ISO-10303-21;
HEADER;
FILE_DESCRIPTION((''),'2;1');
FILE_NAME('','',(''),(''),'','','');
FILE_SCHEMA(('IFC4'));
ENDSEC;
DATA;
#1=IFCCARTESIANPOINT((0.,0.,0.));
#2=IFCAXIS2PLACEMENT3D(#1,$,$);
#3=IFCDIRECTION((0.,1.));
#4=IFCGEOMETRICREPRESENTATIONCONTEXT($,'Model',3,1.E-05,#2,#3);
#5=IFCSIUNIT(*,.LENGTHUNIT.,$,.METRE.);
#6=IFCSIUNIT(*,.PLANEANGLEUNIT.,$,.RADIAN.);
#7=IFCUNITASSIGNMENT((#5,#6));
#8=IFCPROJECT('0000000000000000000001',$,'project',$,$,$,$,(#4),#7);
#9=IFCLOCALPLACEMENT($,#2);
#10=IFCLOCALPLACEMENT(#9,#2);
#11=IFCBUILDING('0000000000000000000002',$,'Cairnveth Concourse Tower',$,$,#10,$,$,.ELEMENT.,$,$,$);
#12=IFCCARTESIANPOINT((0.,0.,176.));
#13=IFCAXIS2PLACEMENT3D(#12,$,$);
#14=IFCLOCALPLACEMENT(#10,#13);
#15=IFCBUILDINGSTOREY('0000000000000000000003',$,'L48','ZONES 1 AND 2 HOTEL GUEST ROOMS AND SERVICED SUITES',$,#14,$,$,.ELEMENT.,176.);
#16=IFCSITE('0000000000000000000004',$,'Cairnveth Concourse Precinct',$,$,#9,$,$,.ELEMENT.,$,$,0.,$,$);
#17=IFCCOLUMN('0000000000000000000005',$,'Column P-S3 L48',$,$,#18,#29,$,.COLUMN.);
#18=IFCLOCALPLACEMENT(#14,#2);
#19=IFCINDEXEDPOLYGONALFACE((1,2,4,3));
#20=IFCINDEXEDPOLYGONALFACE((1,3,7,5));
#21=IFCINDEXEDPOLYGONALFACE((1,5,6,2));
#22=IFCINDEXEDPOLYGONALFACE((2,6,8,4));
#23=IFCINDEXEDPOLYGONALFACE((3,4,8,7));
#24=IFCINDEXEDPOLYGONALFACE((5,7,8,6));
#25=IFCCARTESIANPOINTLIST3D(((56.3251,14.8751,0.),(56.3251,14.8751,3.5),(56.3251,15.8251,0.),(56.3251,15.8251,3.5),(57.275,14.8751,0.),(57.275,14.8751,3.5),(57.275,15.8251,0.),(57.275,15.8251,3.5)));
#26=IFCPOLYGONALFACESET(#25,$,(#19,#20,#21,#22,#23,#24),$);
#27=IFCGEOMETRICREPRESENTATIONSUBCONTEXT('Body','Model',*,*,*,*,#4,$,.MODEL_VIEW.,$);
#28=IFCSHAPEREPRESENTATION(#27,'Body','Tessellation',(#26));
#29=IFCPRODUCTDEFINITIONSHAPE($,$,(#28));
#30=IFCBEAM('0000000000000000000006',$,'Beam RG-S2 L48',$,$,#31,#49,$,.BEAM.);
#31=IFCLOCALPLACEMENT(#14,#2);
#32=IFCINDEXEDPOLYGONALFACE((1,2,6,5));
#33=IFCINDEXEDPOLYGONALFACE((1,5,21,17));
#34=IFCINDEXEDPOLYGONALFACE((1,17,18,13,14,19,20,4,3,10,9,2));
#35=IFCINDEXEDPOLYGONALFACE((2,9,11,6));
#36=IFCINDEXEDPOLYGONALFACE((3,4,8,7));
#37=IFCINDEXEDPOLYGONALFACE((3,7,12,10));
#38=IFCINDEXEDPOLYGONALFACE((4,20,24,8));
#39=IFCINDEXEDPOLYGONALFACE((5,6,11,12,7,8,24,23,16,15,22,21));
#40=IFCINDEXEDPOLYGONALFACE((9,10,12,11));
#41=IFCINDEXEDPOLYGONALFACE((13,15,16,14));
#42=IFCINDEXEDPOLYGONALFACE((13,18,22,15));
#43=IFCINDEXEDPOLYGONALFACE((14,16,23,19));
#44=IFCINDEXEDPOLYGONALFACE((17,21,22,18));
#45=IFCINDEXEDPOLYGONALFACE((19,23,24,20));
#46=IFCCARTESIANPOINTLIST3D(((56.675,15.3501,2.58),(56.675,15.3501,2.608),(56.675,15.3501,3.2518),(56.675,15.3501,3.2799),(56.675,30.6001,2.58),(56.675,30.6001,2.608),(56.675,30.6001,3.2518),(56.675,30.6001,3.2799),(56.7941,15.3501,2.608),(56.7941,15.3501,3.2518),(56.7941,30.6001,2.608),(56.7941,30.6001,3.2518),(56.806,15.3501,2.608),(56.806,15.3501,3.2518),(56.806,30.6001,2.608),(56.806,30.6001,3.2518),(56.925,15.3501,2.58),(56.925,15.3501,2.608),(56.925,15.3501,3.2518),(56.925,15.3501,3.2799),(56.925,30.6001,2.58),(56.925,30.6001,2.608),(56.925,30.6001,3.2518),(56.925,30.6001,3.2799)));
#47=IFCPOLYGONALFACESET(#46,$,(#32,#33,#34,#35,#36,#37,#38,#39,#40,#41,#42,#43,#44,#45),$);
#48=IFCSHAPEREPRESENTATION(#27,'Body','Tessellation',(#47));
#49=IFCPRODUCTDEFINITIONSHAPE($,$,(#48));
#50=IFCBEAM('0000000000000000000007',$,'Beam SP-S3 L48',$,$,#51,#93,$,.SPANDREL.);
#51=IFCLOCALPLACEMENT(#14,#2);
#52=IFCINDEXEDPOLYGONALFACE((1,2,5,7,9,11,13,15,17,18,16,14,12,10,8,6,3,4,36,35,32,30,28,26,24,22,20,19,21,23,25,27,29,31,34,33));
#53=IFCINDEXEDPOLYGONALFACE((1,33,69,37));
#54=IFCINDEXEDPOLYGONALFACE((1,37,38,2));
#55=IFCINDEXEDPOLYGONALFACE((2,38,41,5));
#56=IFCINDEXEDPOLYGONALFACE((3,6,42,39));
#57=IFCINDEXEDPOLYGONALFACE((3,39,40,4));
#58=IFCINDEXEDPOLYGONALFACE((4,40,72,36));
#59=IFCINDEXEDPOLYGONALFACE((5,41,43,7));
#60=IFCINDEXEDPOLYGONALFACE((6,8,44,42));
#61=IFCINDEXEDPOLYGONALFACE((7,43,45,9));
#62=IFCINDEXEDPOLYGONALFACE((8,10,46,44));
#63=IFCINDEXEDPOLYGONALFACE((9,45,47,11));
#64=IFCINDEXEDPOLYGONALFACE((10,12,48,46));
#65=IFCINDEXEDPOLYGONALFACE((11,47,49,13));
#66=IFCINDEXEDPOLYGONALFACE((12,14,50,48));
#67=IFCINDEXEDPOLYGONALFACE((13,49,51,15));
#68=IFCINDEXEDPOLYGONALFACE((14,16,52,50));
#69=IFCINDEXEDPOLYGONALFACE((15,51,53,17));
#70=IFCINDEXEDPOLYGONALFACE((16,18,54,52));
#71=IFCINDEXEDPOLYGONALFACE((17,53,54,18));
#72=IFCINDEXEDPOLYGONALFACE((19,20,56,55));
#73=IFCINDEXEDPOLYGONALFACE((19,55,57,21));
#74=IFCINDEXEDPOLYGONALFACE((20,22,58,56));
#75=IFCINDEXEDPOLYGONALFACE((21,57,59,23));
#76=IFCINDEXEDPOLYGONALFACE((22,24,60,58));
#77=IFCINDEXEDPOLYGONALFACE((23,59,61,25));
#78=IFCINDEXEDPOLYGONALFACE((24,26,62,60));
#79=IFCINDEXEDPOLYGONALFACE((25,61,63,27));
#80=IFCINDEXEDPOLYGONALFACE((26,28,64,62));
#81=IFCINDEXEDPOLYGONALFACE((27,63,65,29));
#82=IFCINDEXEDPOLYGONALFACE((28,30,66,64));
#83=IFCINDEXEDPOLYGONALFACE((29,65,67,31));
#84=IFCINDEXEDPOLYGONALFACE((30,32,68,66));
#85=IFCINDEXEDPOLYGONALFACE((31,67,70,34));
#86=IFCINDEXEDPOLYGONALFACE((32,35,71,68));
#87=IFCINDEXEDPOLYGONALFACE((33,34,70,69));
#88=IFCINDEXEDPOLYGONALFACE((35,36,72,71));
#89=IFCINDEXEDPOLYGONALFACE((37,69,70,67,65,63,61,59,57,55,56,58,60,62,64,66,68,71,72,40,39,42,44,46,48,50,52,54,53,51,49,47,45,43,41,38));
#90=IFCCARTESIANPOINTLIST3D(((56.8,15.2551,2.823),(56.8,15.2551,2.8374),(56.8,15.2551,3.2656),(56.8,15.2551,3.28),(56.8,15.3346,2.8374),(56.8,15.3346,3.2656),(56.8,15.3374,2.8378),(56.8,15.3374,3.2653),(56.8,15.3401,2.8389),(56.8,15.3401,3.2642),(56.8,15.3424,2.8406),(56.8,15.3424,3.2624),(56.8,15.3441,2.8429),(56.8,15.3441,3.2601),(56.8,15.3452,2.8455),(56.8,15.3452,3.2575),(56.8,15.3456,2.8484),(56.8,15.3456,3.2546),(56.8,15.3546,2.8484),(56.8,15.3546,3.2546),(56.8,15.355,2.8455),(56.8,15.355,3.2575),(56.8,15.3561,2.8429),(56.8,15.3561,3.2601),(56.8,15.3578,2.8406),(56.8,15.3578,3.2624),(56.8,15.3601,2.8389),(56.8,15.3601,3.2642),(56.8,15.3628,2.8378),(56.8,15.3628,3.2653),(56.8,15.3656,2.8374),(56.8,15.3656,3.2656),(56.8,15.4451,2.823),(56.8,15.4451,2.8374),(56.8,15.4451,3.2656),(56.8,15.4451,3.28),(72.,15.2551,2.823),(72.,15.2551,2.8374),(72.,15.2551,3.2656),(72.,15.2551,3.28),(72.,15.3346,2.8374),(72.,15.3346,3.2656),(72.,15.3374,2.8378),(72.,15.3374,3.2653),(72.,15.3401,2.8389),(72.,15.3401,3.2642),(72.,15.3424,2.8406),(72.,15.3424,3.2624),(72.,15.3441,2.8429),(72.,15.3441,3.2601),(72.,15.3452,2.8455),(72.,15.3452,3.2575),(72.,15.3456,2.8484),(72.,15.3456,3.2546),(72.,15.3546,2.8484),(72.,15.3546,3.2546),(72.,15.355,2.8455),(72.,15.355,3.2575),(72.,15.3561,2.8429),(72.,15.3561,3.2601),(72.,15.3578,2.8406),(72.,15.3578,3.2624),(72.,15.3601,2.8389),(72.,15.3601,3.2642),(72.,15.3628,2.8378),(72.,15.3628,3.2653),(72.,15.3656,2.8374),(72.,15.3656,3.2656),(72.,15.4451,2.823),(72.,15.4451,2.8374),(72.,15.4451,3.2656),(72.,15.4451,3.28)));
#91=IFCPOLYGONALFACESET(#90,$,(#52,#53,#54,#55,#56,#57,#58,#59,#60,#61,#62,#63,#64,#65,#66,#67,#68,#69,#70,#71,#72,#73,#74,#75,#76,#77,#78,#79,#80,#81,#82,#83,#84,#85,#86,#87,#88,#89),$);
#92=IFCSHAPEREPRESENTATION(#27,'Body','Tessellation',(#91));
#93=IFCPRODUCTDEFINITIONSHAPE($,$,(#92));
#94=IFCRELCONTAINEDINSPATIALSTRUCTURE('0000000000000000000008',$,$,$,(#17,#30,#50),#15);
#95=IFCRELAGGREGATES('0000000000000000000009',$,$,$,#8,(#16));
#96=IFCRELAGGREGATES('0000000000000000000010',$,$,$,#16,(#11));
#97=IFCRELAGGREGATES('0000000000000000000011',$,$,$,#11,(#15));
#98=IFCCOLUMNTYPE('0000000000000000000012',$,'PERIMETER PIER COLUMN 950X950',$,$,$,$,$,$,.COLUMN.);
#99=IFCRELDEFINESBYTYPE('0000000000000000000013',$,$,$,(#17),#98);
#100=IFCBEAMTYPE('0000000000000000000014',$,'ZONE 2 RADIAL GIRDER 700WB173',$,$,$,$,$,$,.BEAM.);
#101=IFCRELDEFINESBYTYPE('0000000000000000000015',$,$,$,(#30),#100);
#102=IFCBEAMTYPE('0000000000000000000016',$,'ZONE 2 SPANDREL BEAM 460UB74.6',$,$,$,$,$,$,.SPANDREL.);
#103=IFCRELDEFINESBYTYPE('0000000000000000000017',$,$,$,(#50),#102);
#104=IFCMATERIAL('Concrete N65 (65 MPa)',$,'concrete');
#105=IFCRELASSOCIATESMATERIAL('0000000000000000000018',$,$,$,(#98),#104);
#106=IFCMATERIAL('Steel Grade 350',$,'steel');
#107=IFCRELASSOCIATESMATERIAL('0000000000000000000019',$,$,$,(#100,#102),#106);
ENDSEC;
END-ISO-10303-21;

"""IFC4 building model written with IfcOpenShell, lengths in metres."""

from ifc_helpers import new_model, si_unit, direction, frame, origin, origin_2d, place, context, subcontext, project, spatial, rectangle, i_section, extrude, material, material_profile, profile_set, type_object, element, save


model = new_model("IFC4")

# Units and contexts
model_context = context("Model", 3, precision=1e-05, world=origin(), true_north=direction((0.0, 1.0)))
body_context = subcontext(model_context, "Body", "Model", "MODEL_VIEW")
ifc_project = project(units=[si_unit("LENGTHUNIT", "METRE"), si_unit("PLANEANGLEUNIT", "RADIAN")], contexts=[model_context])

# Site, building, storey
site_placement = place(None, origin())
site = spatial("IfcSite", under=ifc_project, at=site_placement, Name="Cairnveth Concourse Precinct", CompositionType="ELEMENT", RefElevation=0.0)
building_placement = place(site_placement, origin())
building = spatial("IfcBuilding", under=site, at=building_placement, Name="Cairnveth Concourse Tower", CompositionType="ELEMENT")
storey_placement = place(building_placement, frame((0.0, 0.0, 176.0)))
storey = spatial("IfcBuildingStorey", under=building, at=storey_placement, Name="L48", Description="ZONES 1 AND 2 HOTEL GUEST ROOMS AND SERVICED SUITES", CompositionType="ELEMENT", Elevation=176.0)

# Column
ifc_material_1 = material(Name="Concrete N65 (65 MPa)", Category="concrete")
ifc_material_profile_1 = material_profile(ifc_material_1, rectangle(XDim=0.95, YDim=0.95, at=origin_2d()), Name="RC-COL-950x950")
ifc_profile_set_1 = profile_set([ifc_material_profile_1], Name="Concrete N65 (65 MPa)")
column_type = type_object("IfcColumnType", Name="PERIMETER PIER COLUMN 950X950", PredefinedType="COLUMN", material=ifc_profile_set_1)
column_placement = place(storey_placement, frame((56.8, 15.3501, 0.0), z_axis=(0.0, 0.0, 1.0), x_axis=(1.0, 0.0, 0.0)))
element("IfcColumn", 1, at=column_placement, inside=storey, type_object=column_type, Name="Column P-S3 L48", PredefinedType="COLUMN", context=body_context, shape_type="SweptSolid", body=[
    extrude(rectangle(XDim=0.95, YDim=0.95, at=origin_2d()), origin(), (0.0, 0.0, 1.0), 3.5),
])

# Beams
ifc_material_2 = material(Name="Steel Grade 350", Category="steel")
ifc_material_profile_2 = material_profile(ifc_material_2, i_section(OverallWidth=0.25, OverallDepth=0.7, WebThickness=0.012, FlangeThickness=0.0281, at=origin_2d()), Name="700WB173")
ifc_profile_set_2 = profile_set([ifc_material_profile_2], Name="Steel Grade 350")
beam_type_1 = type_object("IfcBeamType", Name="ZONE 2 RADIAL GIRDER 700WB173", PredefinedType="BEAM", material=ifc_profile_set_2)
beam_1_placement = place(storey_placement, frame((56.8, 15.3501, 2.9299), z_axis=(0.0, 1.0, 0.0), x_axis=(-1.0, 0.0, 0.0)))
element("IfcBeam", 2, at=beam_1_placement, inside=storey, type_object=beam_type_1, Name="Beam RG-S2 L48", PredefinedType="BEAM", context=body_context, shape_type="SweptSolid", body=[
    extrude(i_section(OverallWidth=0.25, OverallDepth=0.7, WebThickness=0.012, FlangeThickness=0.0281, at=origin_2d()), origin(), (0.0, 0.0, 1.0), 15.25),
])
ifc_material_profile_3 = material_profile(ifc_material_2, i_section(OverallWidth=0.1899, OverallDepth=0.457, WebThickness=0.009, FlangeThickness=0.0144, FilletRadius=0.011, at=origin_2d()), Name="460UB74.6")
ifc_profile_set_3 = profile_set([ifc_material_profile_3], Name="Steel Grade 350")
beam_type_2 = type_object("IfcBeamType", Name="ZONE 2 SPANDREL BEAM 460UB74.6", PredefinedType="SPANDREL", material=ifc_profile_set_3)
beam_2_placement = place(storey_placement, frame((56.8, 15.3501, 3.0515), z_axis=(1.0, 0.0, 0.0), x_axis=(0.0, 1.0, 0.0)))
element("IfcBeam", 3, at=beam_2_placement, inside=storey, type_object=beam_type_2, Name="Beam SP-S3 L48", PredefinedType="SPANDREL", context=body_context, shape_type="SweptSolid", body=[
    extrude(i_section(OverallWidth=0.1899, OverallDepth=0.457, WebThickness=0.009, FlangeThickness=0.0144, FilletRadius=0.011, at=origin_2d()), origin(), (0.0, 0.0, 1.0), 15.2),
])

save(model, "model.ifc")
